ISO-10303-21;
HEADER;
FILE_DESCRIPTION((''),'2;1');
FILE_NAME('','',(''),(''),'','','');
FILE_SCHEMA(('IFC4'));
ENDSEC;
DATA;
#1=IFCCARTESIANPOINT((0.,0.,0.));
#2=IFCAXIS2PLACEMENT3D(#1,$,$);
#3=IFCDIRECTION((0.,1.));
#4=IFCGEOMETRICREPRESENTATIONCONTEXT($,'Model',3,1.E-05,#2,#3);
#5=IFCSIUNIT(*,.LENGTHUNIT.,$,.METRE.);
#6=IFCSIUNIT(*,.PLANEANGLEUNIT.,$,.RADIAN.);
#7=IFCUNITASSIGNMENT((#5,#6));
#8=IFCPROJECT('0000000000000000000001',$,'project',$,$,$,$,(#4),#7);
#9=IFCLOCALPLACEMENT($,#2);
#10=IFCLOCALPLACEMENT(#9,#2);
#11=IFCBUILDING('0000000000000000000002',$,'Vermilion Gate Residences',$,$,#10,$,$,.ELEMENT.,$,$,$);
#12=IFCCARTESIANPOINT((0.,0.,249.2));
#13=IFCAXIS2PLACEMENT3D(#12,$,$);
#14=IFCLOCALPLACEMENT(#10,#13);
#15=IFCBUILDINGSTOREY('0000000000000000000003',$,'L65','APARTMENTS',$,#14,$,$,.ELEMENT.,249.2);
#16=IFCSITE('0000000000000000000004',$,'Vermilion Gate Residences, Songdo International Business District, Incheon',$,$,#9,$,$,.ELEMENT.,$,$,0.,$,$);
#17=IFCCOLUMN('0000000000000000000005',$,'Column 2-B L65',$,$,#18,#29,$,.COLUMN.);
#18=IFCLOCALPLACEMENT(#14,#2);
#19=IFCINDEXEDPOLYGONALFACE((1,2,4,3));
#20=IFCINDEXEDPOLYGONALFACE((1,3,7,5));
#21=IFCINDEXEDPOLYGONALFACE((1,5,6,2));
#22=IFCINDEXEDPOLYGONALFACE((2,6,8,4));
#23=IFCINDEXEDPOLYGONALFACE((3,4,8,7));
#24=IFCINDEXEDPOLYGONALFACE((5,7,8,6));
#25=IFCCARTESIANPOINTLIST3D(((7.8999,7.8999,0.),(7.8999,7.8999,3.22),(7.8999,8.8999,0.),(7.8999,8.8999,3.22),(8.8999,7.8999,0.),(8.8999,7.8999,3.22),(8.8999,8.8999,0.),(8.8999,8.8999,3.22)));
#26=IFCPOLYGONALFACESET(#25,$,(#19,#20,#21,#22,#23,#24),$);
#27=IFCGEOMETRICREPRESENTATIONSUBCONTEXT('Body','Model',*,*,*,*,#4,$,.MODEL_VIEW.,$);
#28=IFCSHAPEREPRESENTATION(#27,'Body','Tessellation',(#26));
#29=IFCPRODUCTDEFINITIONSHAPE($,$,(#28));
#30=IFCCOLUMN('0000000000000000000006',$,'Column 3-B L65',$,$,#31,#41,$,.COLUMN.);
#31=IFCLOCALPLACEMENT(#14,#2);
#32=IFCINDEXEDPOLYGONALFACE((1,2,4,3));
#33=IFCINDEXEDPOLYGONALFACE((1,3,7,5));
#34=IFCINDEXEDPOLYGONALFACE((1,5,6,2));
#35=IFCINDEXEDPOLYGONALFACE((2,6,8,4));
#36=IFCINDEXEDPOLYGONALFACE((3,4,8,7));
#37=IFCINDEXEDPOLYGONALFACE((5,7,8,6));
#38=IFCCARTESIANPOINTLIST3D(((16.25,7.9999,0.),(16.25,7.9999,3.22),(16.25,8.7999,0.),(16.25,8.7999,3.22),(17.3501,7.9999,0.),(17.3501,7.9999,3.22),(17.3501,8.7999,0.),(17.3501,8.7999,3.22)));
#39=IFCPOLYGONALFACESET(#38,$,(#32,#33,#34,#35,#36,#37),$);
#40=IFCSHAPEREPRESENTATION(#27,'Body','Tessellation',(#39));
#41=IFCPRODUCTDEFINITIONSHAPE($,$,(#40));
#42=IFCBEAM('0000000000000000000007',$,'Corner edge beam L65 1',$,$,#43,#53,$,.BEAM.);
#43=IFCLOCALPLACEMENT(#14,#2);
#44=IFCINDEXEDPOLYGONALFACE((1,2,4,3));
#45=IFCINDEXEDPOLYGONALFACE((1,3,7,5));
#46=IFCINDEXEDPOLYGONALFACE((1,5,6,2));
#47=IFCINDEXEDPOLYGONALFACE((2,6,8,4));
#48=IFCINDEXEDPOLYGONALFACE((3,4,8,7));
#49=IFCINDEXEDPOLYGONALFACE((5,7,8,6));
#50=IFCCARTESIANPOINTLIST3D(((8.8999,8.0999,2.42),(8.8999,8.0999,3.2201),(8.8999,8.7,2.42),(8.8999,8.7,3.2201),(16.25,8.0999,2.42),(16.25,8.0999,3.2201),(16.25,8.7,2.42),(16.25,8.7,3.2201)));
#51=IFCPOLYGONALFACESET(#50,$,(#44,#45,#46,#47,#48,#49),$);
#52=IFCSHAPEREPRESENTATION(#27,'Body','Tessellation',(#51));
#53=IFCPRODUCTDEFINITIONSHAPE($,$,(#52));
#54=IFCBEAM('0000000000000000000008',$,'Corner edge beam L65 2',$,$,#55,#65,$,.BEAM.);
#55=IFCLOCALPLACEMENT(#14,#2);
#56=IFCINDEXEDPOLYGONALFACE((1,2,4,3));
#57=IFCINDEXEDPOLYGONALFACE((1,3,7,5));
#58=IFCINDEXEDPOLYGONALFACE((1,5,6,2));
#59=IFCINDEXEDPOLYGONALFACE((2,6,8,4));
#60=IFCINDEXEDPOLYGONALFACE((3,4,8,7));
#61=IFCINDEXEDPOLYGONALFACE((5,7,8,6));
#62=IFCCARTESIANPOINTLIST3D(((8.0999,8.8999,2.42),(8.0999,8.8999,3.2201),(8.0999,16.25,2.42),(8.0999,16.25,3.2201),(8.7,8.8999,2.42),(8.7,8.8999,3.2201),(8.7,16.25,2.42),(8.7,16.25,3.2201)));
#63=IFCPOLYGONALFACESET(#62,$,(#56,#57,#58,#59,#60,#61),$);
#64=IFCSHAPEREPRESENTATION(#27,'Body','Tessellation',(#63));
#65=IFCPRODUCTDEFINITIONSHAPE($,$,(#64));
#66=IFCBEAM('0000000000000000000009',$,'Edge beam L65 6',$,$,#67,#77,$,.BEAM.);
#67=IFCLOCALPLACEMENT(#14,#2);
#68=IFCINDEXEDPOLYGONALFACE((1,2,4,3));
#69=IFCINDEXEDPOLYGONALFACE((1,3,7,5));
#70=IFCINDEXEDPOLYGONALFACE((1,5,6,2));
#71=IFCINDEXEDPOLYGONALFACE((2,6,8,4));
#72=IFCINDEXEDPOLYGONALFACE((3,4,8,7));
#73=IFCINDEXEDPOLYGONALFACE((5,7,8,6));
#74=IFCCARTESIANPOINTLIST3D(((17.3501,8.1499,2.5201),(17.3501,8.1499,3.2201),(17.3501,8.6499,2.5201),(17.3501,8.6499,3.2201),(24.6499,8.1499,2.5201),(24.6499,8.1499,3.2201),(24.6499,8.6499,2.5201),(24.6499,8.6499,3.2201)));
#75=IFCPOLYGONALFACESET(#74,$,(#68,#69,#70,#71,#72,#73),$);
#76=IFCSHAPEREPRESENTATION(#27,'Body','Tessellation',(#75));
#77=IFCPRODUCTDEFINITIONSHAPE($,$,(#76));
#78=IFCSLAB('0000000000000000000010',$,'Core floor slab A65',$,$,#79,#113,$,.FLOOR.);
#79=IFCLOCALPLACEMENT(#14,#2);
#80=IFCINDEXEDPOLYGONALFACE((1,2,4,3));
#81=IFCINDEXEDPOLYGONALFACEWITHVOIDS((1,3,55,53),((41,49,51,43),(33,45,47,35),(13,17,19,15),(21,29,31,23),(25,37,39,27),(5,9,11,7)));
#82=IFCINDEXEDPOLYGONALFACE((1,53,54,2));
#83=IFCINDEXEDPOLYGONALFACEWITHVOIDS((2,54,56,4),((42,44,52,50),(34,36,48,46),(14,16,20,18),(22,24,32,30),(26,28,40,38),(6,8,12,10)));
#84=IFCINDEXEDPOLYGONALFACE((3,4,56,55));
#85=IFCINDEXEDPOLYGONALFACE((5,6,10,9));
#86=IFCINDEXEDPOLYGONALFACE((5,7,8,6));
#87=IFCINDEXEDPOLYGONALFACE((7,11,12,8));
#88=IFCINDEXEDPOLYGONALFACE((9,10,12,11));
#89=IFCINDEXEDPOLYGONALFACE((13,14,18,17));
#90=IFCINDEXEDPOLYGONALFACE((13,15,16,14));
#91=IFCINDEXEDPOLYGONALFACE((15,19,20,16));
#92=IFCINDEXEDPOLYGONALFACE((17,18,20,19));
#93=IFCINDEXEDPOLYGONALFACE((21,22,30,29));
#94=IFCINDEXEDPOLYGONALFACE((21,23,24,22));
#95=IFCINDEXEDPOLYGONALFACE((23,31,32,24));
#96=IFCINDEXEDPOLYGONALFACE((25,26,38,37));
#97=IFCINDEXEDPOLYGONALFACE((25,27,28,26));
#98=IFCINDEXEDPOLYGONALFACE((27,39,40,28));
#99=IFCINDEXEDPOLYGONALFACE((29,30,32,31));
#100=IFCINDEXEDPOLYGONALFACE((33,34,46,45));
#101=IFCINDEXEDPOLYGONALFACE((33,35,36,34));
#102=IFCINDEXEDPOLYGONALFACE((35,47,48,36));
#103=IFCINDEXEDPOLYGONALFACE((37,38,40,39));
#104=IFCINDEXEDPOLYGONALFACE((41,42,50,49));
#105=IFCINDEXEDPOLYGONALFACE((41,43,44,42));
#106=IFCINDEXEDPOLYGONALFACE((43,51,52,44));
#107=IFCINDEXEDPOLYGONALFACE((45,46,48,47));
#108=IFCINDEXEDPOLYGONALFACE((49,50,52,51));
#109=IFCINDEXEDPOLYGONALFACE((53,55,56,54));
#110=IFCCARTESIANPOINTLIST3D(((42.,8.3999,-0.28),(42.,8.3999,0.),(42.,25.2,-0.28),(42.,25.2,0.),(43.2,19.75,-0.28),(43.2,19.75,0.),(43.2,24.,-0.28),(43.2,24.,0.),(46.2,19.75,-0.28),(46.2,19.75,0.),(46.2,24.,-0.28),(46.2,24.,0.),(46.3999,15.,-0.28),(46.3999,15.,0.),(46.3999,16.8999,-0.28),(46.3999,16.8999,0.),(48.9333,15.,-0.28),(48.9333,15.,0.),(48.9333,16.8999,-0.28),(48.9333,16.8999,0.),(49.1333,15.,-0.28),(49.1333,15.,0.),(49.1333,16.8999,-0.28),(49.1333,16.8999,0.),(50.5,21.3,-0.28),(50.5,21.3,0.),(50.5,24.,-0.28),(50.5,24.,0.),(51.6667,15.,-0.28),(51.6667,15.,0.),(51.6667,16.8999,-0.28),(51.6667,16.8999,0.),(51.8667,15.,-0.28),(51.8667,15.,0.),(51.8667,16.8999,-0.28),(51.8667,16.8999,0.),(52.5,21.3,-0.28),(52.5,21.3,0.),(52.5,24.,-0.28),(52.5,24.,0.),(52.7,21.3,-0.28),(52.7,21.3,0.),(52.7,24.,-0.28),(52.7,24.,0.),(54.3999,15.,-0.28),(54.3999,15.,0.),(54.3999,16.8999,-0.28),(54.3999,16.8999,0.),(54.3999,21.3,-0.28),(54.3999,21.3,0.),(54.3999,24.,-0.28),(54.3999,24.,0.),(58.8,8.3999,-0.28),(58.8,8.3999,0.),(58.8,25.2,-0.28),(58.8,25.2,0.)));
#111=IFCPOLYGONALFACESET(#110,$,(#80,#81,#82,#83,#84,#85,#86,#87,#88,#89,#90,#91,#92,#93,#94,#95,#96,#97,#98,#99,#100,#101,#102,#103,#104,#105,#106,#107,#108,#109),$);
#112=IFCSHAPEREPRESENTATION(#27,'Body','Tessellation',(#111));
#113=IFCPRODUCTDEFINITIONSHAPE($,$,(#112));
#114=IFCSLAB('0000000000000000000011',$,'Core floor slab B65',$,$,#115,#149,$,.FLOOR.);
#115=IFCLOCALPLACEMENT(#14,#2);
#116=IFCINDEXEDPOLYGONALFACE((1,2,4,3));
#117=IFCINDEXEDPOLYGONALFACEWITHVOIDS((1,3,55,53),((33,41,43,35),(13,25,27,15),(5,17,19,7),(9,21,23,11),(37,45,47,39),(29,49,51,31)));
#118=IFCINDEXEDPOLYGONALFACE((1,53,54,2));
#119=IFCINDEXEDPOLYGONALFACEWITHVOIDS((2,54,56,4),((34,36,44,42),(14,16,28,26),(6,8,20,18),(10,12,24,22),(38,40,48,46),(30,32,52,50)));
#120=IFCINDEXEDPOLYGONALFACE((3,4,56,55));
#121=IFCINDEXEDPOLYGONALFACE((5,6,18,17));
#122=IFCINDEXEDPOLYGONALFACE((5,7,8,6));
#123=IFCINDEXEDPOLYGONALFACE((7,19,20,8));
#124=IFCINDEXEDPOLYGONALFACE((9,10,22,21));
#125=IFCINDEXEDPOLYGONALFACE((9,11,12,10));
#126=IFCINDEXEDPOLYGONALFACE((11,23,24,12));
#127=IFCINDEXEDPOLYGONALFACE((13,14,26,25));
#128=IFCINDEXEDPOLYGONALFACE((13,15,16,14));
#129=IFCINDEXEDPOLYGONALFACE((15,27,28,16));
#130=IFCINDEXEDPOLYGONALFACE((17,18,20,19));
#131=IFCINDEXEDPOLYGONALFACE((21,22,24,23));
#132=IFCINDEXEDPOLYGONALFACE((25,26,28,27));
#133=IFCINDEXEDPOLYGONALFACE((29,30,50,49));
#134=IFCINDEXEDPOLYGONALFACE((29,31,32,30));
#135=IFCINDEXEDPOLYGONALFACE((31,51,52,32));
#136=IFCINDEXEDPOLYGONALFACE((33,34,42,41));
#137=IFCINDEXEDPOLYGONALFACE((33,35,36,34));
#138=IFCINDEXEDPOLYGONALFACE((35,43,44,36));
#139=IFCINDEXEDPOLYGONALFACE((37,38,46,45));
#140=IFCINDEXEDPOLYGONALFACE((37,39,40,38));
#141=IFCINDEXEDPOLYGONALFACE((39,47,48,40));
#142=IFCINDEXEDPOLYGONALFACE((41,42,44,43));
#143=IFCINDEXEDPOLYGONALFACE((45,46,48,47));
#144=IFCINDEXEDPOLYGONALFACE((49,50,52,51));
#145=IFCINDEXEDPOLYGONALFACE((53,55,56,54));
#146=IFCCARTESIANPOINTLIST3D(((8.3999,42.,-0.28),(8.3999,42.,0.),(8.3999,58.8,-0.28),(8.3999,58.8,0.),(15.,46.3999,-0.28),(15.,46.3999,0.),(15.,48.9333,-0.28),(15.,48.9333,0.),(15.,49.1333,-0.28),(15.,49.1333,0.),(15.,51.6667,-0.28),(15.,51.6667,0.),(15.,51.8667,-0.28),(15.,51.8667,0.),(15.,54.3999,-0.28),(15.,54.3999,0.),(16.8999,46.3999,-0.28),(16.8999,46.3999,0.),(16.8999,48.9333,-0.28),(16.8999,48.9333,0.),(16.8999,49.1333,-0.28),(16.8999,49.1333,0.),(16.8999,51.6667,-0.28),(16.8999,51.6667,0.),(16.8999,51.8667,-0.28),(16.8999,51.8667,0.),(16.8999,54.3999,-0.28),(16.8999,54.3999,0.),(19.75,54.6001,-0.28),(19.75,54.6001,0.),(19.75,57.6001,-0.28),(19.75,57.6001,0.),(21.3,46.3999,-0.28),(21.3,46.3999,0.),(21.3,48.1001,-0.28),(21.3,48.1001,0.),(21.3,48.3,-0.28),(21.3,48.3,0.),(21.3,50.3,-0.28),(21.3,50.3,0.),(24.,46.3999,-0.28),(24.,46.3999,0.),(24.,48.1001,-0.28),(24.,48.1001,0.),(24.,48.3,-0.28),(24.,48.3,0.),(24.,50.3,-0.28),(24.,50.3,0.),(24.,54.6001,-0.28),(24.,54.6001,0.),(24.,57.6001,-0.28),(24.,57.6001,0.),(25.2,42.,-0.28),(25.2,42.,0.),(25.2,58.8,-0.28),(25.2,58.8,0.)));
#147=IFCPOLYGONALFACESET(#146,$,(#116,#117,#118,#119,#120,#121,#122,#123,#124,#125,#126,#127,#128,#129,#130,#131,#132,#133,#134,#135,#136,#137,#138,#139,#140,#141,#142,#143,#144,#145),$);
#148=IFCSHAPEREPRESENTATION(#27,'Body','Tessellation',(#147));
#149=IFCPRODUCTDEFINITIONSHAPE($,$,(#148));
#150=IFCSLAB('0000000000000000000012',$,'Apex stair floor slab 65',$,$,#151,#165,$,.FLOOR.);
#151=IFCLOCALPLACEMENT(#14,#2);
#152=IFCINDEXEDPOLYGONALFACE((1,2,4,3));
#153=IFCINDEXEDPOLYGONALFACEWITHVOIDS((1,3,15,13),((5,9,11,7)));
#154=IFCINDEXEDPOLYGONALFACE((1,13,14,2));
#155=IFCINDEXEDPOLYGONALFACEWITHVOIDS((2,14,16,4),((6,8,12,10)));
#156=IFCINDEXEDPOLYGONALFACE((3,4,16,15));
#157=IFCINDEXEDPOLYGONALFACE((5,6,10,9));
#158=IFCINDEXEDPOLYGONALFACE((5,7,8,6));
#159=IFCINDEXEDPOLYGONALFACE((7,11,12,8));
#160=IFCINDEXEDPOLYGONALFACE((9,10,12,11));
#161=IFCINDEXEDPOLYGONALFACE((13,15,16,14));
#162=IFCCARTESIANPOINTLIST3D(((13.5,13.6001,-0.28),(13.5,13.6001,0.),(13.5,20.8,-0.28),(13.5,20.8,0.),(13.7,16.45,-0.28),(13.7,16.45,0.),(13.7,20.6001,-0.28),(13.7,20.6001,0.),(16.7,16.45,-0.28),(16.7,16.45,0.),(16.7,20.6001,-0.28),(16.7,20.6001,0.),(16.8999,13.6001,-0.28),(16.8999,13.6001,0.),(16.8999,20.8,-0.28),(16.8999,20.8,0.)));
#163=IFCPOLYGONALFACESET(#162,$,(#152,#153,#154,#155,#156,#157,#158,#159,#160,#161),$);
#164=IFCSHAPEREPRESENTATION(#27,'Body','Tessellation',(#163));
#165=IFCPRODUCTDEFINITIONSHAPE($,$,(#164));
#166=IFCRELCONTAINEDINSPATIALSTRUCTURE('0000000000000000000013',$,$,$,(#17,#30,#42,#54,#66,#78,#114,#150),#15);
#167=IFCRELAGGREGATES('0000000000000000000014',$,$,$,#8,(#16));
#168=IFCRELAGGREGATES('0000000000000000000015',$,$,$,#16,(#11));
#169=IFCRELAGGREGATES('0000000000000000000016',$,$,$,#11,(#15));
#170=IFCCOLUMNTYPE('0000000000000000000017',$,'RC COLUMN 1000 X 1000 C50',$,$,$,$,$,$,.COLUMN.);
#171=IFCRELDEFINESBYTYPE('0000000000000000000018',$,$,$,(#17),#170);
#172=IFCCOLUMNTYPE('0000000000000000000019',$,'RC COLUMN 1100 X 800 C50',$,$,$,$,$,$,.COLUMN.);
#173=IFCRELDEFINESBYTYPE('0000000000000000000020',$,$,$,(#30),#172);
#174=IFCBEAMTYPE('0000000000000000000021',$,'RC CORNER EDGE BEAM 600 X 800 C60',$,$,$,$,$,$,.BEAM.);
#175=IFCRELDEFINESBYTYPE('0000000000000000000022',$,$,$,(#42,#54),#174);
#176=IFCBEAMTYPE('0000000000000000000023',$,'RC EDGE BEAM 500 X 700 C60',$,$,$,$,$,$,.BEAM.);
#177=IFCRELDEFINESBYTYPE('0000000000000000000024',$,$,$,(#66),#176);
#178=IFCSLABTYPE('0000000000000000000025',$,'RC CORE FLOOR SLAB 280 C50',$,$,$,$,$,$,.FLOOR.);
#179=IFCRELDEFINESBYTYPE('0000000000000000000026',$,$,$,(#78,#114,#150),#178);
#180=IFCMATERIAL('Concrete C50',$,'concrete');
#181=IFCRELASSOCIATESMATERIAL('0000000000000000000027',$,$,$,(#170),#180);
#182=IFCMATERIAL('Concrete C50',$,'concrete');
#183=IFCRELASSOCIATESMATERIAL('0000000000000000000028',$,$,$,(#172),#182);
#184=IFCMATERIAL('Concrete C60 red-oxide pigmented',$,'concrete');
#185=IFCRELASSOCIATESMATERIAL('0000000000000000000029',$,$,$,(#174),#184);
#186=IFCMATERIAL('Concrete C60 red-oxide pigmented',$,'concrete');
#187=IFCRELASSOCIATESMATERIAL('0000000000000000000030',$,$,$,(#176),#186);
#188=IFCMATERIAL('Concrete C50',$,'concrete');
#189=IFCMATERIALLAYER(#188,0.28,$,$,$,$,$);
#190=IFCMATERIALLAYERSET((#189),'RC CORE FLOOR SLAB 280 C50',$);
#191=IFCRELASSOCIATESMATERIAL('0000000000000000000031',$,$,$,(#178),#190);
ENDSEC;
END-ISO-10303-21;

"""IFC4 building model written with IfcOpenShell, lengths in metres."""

from ifc_helpers import new_model, si_unit, direction, frame, origin, origin_2d, place, context, subcontext, project, spatial, polyline, rectangle, outline, extrude, material, layer, layer_set, material_profile, profile_set, type_object, element, save


model = new_model("IFC4")

# Units and contexts
model_context = context("Model", 3, precision=1e-05, world=origin(), true_north=direction((0.0, 1.0)))
body_context = subcontext(model_context, "Body", "Model", "MODEL_VIEW")
ifc_project = project(units=[si_unit("LENGTHUNIT", "METRE"), si_unit("PLANEANGLEUNIT", "RADIAN")], contexts=[model_context])

# Site, building, storey
site_placement = place(None, origin())
site = spatial("IfcSite", under=ifc_project, at=site_placement, Name="Vermilion Gate Residences, Songdo International Business District, Incheon", CompositionType="ELEMENT", RefElevation=0.0)
building_placement = place(site_placement, origin())
building = spatial("IfcBuilding", under=site, at=building_placement, Name="Vermilion Gate Residences", CompositionType="ELEMENT")
storey_placement = place(building_placement, frame((0.0, 0.0, 249.2)))
storey = spatial("IfcBuildingStorey", under=building, at=storey_placement, Name="L65", Description="APARTMENTS", CompositionType="ELEMENT", Elevation=249.2)

# Columns
ifc_material_1 = material(Name="Concrete C50", Category="concrete")
ifc_material_profile_1 = material_profile(ifc_material_1, rectangle(XDim=1.0, YDim=1.0, at=origin_2d()), Name="RC-1000x1000")
ifc_profile_set_1 = profile_set([ifc_material_profile_1], Name="Concrete C50")
column_type_1 = type_object("IfcColumnType", Name="RC COLUMN 1000 X 1000 C50", PredefinedType="COLUMN", material=ifc_profile_set_1)
column_1_placement = place(storey_placement, frame((8.3999, 8.3999, 0.0), z_axis=(0.0, 0.0, 1.0), x_axis=(1.0, 0.0, 0.0)))
element("IfcColumn", 1, at=column_1_placement, inside=storey, type_object=column_type_1, Name="Column 2-B L65", PredefinedType="COLUMN", context=body_context, shape_type="SweptSolid", body=[
    extrude(rectangle(XDim=1.0, YDim=1.0, at=origin_2d()), origin(), (0.0, 0.0, 1.0), 3.22),
])
ifc_material_2 = material(Name="Concrete C50", Category="concrete")
ifc_material_profile_2 = material_profile(ifc_material_2, rectangle(XDim=1.1001, YDim=0.8, at=origin_2d()), Name="RC-1100x800")
ifc_profile_set_2 = profile_set([ifc_material_profile_2], Name="Concrete C50")
column_type_2 = type_object("IfcColumnType", Name="RC COLUMN 1100 X 800 C50", PredefinedType="COLUMN", material=ifc_profile_set_2)
column_2_placement = place(storey_placement, frame((16.8, 8.3999, 0.0), z_axis=(0.0, 0.0, 1.0), x_axis=(1.0, 0.0, 0.0)))
element("IfcColumn", 2, at=column_2_placement, inside=storey, type_object=column_type_2, Name="Column 3-B L65", PredefinedType="COLUMN", context=body_context, shape_type="SweptSolid", body=[
    extrude(rectangle(XDim=1.1001, YDim=0.8, at=origin_2d()), origin(), (0.0, 0.0, 1.0), 3.22),
])

# Beams
ifc_material_3 = material(Name="Concrete C60 red-oxide pigmented", Category="concrete")
ifc_material_profile_3 = material_profile(ifc_material_3, rectangle(XDim=0.6001, YDim=0.8, at=origin_2d()), Name="RC-600x800")
ifc_profile_set_3 = profile_set([ifc_material_profile_3], Name="Concrete C60 red-oxide pigmented")
beam_type_1 = type_object("IfcBeamType", Name="RC CORNER EDGE BEAM 600 X 800 C60", PredefinedType="BEAM", material=ifc_profile_set_3)
for number, where, z_axis, x_axis, name in (
    (3, (8.8999, 8.3999, 2.8201), (1.0, 0.0, 0.0), (0.0, 1.0, 0.0), "Corner edge beam L65 1"),
    (4, (8.3999, 8.8999, 2.8201), (0.0, 1.0, 0.0), (-1.0, 0.0, 0.0), "Corner edge beam L65 2"),
):
    element("IfcBeam", number, at=place(storey_placement, frame(where, z_axis=z_axis, x_axis=x_axis)), inside=storey, type_object=beam_type_1, Name=name, PredefinedType="BEAM", context=body_context, shape_type="SweptSolid", body=[
        extrude(rectangle(XDim=0.6001, YDim=0.8, at=origin_2d()), origin(), (0.0, 0.0, 1.0), 7.3501),
    ])
ifc_material_4 = material(Name="Concrete C60 red-oxide pigmented", Category="concrete")
ifc_material_profile_4 = material_profile(ifc_material_4, rectangle(XDim=0.5, YDim=0.7, at=origin_2d()), Name="RC-500x700")
ifc_profile_set_4 = profile_set([ifc_material_profile_4], Name="Concrete C60 red-oxide pigmented")
beam_type_2 = type_object("IfcBeamType", Name="RC EDGE BEAM 500 X 700 C60", PredefinedType="BEAM", material=ifc_profile_set_4)
beam_placement = place(storey_placement, frame((17.3501, 8.3999, 2.8701), z_axis=(1.0, 0.0, 0.0), x_axis=(0.0, 1.0, 0.0)))
element("IfcBeam", 5, at=beam_placement, inside=storey, type_object=beam_type_2, Name="Edge beam L65 6", PredefinedType="BEAM", context=body_context, shape_type="SweptSolid", body=[
    extrude(rectangle(XDim=0.5, YDim=0.7, at=origin_2d()), origin(), (0.0, 0.0, 1.0), 7.2998),
])

# Slabs
ifc_material_5 = material(Name="Concrete C50", Category="concrete")
ifc_layer_1 = layer(ifc_material_5, 0.28)
ifc_layer_set_1 = layer_set([ifc_layer_1], Name="RC CORE FLOOR SLAB 280 C50")
slab_type_1 = type_object("IfcSlabType", Name="RC CORE FLOOR SLAB 280 C50", PredefinedType="FLOOR", material=ifc_layer_set_1)
slab_1_placement = place(storey_placement, frame((0.0, 0.0, -0.28)))
element("IfcSlab", 6, at=slab_1_placement, inside=storey, type_object=slab_type_1, Name="Core floor slab A65", PredefinedType="FLOOR", context=body_context, shape_type="SweptSolid", body=[
    extrude(outline(polyline([(42.0, 8.3999), (58.8, 8.3999), (58.8, 25.2), (42.0, 25.2), (42.0, 8.3999)]), holes=[polyline([(46.3999, 15.0), (46.3999, 16.8999), (48.9333, 16.8999), (48.9333, 15.0), (46.3999, 15.0)]), polyline([(49.1333, 16.8999), (51.6667, 16.8999), (51.6667, 15.0), (49.1333, 15.0), (49.1333, 16.8999)]), polyline([(51.8667, 16.8999), (54.3999, 16.8999), (54.3999, 15.0), (51.8667, 15.0), (51.8667, 16.8999)]), polyline([(43.2, 19.75), (43.2, 24.0), (46.2, 24.0), (46.2, 19.75), (43.2, 19.75)]), polyline([(50.5, 24.0), (52.5, 24.0), (52.5, 21.3), (50.5, 21.3), (50.5, 24.0)]), polyline([(52.7, 24.0), (54.3999, 24.0), (54.3999, 21.3), (52.7, 21.3), (52.7, 24.0)])]), origin(), (0.0, 0.0, 1.0), 0.28),
])
slab_2_placement = place(storey_placement, frame((0.0, 0.0, -0.28)))
element("IfcSlab", 7, at=slab_2_placement, inside=storey, type_object=slab_type_1, Name="Core floor slab B65", PredefinedType="FLOOR", context=body_context, shape_type="SweptSolid", body=[
    extrude(outline(polyline([(8.3999, 42.0), (25.2, 42.0), (25.2, 58.8), (8.3999, 58.8), (8.3999, 42.0)]), holes=[polyline([(21.3, 46.3999), (21.3, 48.1001), (24.0, 48.1001), (24.0, 46.3999), (21.3, 46.3999)]), polyline([(15.0, 48.9333), (16.8999, 48.9333), (16.8999, 46.3999), (15.0, 46.3999), (15.0, 48.9333)]), polyline([(21.3, 50.3), (24.0, 50.3), (24.0, 48.3), (21.3, 48.3), (21.3, 50.3)]), polyline([(15.0, 49.1333), (15.0, 51.6667), (16.8999, 51.6667), (16.8999, 49.1333), (15.0, 49.1333)]), polyline([(15.0, 54.3999), (16.8999, 54.3999), (16.8999, 51.8667), (15.0, 51.8667), (15.0, 54.3999)]), polyline([(19.75, 57.6001), (24.0, 57.6001), (24.0, 54.6001), (19.75, 54.6001), (19.75, 57.6001)])]), origin(), (0.0, 0.0, 1.0), 0.28),
])
slab_3_placement = place(storey_placement, frame((0.0, 0.0, -0.28)))
element("IfcSlab", 8, at=slab_3_placement, inside=storey, type_object=slab_type_1, Name="Apex stair floor slab 65", PredefinedType="FLOOR", context=body_context, shape_type="SweptSolid", body=[
    extrude(outline(polyline([(13.5, 13.6001), (16.8999, 13.6001), (16.8999, 20.8), (13.5, 20.8), (13.5, 13.6001)]), holes=[polyline([(16.7, 20.6001), (16.7, 16.45), (13.7, 16.45), (13.7, 20.6001), (16.7, 20.6001)])]), origin(), (0.0, 0.0, 1.0), 0.28),
])

save(model, "model.ifc")
